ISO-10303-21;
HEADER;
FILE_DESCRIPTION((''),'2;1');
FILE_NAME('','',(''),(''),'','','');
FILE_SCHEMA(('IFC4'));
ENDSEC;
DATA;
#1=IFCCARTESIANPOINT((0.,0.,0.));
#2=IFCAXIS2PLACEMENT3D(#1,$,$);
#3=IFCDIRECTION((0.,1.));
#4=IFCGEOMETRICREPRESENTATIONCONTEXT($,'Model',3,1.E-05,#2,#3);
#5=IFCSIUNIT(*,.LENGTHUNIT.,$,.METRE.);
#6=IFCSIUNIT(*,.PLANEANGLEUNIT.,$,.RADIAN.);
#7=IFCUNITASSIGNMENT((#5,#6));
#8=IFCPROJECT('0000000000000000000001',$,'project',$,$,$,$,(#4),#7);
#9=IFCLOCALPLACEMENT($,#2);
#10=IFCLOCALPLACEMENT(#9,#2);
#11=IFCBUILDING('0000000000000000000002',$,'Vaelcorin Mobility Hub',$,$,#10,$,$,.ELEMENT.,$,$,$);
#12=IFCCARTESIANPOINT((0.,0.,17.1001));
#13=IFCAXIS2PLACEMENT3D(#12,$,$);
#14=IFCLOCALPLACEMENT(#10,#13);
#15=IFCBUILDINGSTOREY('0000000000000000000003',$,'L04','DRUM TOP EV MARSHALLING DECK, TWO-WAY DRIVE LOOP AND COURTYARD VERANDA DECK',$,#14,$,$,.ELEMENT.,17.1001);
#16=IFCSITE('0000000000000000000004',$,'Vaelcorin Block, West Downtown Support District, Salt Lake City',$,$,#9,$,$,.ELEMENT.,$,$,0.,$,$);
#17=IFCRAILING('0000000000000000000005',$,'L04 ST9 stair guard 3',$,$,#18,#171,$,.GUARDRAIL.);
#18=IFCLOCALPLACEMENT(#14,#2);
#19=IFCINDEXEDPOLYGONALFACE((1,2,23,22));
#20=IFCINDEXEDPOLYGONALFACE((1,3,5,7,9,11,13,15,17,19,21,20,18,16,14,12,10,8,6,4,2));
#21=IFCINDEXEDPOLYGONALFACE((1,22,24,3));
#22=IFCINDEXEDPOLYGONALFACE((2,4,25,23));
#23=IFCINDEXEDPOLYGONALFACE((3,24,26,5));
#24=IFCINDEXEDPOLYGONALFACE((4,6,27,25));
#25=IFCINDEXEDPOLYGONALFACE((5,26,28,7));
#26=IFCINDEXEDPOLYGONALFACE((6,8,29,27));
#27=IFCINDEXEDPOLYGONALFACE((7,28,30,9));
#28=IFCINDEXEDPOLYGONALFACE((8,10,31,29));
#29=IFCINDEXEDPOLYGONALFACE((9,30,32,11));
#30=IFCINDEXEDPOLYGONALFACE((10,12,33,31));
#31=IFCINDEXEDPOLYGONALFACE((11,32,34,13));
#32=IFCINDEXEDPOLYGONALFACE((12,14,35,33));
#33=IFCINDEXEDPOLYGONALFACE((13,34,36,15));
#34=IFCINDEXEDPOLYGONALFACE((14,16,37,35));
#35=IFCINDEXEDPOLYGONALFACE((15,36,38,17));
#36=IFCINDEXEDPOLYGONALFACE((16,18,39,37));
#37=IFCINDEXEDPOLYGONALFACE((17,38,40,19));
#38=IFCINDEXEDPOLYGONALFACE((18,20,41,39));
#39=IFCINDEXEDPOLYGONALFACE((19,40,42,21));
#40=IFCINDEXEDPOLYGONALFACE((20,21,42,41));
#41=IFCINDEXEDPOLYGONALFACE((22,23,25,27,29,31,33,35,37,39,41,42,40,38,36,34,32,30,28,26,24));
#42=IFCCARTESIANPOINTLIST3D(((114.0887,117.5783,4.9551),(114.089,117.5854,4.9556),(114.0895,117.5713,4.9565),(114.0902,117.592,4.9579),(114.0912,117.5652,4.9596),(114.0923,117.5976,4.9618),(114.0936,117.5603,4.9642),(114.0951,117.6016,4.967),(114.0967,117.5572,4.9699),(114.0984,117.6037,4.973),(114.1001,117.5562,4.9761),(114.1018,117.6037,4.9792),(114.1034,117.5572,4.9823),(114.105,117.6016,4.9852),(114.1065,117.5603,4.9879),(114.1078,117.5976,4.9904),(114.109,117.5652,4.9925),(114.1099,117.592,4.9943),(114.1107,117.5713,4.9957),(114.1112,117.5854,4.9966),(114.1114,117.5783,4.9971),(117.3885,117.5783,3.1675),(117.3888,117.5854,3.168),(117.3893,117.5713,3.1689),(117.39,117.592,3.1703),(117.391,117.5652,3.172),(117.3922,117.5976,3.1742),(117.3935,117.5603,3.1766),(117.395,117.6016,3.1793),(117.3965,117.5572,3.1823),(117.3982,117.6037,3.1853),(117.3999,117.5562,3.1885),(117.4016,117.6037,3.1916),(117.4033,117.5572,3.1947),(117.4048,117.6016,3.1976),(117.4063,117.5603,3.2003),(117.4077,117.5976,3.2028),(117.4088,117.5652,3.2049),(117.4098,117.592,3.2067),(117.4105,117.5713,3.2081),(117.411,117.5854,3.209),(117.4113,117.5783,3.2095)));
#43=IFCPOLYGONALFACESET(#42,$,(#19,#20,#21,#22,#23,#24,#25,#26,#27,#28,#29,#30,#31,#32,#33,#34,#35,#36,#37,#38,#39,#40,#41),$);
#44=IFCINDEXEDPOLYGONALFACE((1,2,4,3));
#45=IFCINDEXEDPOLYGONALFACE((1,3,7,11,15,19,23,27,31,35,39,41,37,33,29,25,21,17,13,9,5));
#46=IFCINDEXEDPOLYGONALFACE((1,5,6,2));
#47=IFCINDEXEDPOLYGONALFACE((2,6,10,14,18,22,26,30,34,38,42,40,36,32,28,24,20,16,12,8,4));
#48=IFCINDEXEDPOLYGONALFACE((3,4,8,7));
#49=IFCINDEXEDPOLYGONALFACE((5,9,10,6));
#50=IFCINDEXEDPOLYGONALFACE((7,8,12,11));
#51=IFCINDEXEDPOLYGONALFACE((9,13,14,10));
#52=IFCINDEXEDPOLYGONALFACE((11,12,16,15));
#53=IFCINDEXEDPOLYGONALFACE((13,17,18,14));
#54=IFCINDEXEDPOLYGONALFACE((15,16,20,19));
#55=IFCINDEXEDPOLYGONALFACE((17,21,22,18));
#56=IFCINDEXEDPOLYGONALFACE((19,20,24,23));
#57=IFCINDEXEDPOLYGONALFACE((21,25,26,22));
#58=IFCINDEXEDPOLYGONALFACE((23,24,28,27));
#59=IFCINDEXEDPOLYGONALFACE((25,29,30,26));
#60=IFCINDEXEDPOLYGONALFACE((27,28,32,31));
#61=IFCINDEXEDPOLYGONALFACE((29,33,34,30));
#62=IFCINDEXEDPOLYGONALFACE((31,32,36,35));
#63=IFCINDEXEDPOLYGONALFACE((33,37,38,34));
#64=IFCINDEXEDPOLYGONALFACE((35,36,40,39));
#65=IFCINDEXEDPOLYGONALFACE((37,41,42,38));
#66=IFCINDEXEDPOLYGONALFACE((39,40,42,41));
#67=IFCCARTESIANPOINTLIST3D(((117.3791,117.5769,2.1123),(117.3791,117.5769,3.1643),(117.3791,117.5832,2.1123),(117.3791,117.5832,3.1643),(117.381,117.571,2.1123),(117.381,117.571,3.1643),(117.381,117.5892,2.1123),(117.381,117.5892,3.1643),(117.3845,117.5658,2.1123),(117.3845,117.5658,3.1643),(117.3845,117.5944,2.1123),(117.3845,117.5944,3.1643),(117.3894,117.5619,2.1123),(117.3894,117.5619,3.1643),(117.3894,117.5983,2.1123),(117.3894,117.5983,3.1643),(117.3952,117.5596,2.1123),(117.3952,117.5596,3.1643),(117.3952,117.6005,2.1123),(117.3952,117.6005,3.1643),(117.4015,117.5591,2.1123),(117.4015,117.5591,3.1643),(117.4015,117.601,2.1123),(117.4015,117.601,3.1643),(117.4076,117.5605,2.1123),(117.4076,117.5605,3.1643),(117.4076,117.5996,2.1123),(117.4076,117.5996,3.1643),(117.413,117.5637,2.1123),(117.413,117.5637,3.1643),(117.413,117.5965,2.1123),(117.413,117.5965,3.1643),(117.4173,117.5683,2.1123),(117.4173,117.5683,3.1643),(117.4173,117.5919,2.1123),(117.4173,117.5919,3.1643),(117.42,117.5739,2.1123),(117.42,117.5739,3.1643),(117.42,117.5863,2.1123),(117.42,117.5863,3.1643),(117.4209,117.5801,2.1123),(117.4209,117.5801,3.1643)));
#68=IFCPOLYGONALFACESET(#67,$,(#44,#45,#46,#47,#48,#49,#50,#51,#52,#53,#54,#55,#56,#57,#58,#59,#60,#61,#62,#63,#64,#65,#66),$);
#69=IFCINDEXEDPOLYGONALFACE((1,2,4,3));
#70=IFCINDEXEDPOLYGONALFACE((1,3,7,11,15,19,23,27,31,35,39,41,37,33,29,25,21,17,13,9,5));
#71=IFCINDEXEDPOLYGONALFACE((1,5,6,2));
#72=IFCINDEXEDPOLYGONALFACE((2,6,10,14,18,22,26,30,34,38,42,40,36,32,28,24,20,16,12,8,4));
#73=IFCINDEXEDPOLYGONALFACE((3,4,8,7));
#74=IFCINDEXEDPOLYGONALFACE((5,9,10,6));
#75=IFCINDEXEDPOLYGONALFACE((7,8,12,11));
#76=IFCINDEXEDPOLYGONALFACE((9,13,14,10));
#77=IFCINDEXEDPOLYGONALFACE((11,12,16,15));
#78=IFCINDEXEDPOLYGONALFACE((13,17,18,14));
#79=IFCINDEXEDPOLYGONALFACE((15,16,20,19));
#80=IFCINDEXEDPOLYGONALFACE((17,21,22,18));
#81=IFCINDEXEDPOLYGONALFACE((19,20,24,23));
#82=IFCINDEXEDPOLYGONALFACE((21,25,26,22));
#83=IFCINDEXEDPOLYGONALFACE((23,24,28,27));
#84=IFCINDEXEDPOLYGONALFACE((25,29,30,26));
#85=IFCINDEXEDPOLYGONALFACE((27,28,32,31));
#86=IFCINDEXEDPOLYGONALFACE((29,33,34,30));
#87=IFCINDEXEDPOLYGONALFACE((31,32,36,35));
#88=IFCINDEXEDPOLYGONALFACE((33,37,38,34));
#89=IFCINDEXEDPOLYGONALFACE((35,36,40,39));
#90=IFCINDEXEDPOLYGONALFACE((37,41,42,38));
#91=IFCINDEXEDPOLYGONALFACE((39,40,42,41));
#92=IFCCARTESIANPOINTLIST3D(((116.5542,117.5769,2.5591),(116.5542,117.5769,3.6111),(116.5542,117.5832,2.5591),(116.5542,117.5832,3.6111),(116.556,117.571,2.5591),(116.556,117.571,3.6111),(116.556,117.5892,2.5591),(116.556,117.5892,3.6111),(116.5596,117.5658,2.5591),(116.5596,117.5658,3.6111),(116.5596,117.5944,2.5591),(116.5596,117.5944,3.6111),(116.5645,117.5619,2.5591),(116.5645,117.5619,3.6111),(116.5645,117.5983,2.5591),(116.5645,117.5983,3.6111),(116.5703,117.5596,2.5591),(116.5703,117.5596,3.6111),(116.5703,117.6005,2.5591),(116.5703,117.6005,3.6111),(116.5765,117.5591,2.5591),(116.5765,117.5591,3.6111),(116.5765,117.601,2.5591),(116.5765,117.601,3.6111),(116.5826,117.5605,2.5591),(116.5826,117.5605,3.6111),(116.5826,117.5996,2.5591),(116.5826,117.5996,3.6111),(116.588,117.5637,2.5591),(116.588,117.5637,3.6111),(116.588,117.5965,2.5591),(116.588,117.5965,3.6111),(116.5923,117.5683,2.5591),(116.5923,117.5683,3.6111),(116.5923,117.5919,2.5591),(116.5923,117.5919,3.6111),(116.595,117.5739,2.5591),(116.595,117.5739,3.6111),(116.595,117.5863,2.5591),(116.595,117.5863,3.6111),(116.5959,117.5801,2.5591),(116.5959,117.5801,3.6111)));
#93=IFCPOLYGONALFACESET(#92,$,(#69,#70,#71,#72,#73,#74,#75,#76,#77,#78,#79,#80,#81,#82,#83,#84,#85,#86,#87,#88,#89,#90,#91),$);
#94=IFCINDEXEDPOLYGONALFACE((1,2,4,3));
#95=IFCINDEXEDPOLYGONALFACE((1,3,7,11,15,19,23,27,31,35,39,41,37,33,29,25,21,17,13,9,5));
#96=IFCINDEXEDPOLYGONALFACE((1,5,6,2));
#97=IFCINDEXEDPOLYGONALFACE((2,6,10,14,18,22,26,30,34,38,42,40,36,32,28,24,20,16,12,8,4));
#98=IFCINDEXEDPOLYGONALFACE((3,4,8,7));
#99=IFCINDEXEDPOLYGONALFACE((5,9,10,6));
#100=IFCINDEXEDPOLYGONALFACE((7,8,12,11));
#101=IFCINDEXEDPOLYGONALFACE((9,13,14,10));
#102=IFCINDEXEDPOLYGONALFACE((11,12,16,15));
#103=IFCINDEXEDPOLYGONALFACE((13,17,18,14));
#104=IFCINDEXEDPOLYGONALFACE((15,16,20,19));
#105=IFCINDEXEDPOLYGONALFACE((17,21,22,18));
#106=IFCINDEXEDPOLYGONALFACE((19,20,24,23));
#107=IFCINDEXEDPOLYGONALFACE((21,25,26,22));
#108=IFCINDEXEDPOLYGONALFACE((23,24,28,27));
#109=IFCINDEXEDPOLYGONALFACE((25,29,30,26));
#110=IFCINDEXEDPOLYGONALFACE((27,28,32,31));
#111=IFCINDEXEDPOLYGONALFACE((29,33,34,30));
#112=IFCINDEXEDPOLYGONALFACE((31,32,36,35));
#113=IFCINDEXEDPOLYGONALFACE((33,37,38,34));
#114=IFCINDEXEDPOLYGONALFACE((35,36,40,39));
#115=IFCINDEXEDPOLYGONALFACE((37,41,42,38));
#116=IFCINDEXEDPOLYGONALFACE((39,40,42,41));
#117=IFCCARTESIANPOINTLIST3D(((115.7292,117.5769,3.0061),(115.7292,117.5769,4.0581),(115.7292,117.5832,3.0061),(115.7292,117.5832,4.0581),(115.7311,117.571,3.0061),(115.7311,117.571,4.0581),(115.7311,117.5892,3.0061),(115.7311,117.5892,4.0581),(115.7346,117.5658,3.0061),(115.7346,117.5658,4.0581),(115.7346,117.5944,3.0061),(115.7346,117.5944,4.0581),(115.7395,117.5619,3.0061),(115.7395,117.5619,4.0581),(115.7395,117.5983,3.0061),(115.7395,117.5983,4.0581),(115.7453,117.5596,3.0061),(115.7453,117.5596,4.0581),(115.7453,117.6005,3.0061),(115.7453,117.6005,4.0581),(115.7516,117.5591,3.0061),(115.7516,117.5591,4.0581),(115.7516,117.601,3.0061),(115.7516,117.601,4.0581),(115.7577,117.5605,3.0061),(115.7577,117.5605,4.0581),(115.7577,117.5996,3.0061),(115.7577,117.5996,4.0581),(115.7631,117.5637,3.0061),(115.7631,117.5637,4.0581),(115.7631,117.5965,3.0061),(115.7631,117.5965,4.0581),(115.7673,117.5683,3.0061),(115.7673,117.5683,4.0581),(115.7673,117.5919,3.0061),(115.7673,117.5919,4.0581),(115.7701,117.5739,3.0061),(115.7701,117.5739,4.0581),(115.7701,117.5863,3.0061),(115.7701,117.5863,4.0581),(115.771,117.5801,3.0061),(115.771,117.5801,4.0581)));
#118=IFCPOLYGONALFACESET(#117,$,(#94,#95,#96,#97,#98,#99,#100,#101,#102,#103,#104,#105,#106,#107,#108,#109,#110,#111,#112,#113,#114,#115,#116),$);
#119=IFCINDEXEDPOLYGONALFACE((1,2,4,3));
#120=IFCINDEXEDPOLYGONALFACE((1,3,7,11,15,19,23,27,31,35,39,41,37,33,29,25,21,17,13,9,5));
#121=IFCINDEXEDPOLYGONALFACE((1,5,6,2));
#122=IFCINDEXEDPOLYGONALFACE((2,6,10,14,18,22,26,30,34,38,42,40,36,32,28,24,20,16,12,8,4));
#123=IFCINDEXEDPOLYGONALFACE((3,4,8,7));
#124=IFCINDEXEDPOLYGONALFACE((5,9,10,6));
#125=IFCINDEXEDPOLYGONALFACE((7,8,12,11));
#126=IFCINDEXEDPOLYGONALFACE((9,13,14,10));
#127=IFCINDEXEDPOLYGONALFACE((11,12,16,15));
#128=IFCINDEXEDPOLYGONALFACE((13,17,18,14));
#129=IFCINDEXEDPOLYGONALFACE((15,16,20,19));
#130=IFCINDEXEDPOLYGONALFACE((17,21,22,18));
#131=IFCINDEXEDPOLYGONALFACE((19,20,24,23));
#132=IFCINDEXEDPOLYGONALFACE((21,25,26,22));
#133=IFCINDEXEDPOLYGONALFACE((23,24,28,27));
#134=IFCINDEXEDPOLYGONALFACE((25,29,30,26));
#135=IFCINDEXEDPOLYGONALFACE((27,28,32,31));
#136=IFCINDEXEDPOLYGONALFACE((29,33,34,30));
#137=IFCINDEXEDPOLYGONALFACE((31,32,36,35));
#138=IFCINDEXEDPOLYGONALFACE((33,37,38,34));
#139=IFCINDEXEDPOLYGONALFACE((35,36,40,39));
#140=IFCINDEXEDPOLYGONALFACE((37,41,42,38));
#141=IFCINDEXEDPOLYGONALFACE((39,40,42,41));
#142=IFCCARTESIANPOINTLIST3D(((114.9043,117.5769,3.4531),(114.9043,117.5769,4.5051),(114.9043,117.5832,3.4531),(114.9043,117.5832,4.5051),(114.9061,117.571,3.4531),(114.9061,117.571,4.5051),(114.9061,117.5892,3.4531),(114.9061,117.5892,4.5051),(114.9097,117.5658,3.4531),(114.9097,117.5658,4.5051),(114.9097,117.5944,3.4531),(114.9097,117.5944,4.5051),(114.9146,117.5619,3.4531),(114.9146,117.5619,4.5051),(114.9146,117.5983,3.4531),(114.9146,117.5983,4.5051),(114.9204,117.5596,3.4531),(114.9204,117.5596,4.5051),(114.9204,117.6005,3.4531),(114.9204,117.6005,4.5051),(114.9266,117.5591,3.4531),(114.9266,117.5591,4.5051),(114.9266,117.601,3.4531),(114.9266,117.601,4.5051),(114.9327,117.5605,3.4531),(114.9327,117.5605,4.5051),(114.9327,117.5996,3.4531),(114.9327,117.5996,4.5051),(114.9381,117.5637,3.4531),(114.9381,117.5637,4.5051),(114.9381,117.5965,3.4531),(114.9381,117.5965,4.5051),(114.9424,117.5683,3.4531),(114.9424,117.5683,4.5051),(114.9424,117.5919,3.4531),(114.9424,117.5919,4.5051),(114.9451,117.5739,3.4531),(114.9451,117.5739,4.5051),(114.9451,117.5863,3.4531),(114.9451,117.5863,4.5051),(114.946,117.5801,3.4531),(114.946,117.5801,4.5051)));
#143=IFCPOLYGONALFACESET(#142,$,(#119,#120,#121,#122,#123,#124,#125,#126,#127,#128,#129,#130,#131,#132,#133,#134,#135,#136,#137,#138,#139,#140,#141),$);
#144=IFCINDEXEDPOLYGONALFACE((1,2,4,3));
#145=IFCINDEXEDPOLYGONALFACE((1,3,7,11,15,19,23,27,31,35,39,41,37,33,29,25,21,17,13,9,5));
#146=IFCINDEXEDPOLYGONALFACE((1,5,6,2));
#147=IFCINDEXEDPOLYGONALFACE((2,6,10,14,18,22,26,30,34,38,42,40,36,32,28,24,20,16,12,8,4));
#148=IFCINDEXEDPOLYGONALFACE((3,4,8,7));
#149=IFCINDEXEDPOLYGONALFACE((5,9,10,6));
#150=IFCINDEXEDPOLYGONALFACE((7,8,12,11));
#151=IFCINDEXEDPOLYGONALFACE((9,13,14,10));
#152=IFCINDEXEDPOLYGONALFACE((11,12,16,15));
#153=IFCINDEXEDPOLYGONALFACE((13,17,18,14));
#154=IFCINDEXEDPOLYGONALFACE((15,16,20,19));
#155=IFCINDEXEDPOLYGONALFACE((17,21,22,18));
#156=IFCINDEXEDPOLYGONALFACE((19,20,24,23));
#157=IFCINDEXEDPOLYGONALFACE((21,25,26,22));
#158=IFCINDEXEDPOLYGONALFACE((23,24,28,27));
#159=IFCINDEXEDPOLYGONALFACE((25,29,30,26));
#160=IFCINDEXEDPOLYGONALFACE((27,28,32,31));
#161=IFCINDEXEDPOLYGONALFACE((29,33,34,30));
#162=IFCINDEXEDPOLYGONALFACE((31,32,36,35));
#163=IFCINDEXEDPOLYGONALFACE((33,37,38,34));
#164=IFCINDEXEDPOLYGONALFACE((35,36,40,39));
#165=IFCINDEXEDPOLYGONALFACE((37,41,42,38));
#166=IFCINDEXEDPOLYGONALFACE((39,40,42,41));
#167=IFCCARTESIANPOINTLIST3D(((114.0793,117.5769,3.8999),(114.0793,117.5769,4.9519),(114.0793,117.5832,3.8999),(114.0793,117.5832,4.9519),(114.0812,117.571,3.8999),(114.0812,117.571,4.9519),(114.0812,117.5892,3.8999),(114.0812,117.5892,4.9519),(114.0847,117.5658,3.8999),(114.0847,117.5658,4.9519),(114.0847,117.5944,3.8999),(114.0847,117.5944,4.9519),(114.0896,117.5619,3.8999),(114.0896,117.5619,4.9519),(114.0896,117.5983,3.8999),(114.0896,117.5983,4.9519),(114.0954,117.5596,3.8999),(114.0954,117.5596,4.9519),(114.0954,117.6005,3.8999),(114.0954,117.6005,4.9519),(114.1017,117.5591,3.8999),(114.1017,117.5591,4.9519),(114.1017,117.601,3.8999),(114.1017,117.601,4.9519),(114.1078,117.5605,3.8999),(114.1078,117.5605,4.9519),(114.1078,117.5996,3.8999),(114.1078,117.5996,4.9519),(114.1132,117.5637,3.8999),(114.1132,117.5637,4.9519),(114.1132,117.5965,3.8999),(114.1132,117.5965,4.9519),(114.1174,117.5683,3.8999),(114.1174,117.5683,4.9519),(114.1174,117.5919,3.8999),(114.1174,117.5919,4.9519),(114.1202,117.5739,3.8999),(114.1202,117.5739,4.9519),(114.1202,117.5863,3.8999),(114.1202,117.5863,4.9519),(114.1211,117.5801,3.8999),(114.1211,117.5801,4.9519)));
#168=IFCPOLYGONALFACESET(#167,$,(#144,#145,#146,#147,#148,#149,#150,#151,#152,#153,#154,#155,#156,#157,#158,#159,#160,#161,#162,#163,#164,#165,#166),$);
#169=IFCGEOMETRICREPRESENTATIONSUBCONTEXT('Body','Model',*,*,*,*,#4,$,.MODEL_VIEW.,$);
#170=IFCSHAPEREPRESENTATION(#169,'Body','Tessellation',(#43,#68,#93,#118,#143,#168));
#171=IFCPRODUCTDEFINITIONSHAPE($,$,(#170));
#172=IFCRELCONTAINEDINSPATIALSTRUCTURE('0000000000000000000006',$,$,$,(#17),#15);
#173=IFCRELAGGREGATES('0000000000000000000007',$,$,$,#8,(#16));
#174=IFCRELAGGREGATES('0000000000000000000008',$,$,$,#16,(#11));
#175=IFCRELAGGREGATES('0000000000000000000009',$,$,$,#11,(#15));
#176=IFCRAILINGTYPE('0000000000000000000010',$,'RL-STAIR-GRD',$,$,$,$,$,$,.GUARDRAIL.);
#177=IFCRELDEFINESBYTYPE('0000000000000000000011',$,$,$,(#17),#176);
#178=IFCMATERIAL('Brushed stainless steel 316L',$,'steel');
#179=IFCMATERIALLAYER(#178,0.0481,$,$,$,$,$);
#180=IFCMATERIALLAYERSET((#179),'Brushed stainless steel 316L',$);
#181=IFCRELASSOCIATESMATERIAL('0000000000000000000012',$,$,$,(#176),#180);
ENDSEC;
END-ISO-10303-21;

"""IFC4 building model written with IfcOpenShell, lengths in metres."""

from ifc_helpers import new_model, si_unit, direction, frame, origin, origin_2d, place, context, subcontext, project, spatial, circle, extrude, material, layer, layer_set, type_object, element, save


model = new_model("IFC4")

# Units and contexts
model_context = context("Model", 3, precision=1e-05, world=origin(), true_north=direction((0.0, 1.0)))
body_context = subcontext(model_context, "Body", "Model", "MODEL_VIEW")
ifc_project = project(units=[si_unit("LENGTHUNIT", "METRE"), si_unit("PLANEANGLEUNIT", "RADIAN")], contexts=[model_context])

# Site, building, storey
site_placement = place(None, origin())
site = spatial("IfcSite", under=ifc_project, at=site_placement, Name="Vaelcorin Block, West Downtown Support District, Salt Lake City", CompositionType="ELEMENT", RefElevation=0.0)
building_placement = place(site_placement, origin())
building = spatial("IfcBuilding", under=site, at=building_placement, Name="Vaelcorin Mobility Hub", CompositionType="ELEMENT")
storey_placement = place(building_placement, frame((0.0, 0.0, 17.1001)))
storey = spatial("IfcBuildingStorey", under=building, at=storey_placement, Name="L04", Description="DRUM TOP EV MARSHALLING DECK, TWO-WAY DRIVE LOOP AND COURTYARD VERANDA DECK", CompositionType="ELEMENT", Elevation=17.1001)

# Railing
ifc_material_1 = material(Name="Brushed stainless steel 316L", Category="steel")
ifc_layer_1 = layer(ifc_material_1, 0.0481)
ifc_layer_set_1 = layer_set([ifc_layer_1], Name="Brushed stainless steel 316L")
railing_type_1 = type_object("IfcRailingType", Name="RL-STAIR-GRD", PredefinedType="GUARDRAIL", material=ifc_layer_set_1)
railing_1_placement = place(storey_placement, frame((117.3999, 117.5801, 2.1123)))
element("IfcRailing", 1, at=railing_1_placement, inside=storey, type_object=railing_type_1, Name="L04 ST9 stair guard 3", PredefinedType="GUARDRAIL", context=body_context, shape_type="SweptSolid", body=[
    extrude(circle(Radius=0.0239, at=origin_2d()), frame((0.0, 0.0, 1.0762), z_axis=(-0.879269, 0.0, 0.476325), x_axis=(0.0, -1.0, 0.0)), (0.0, 0.0, 1.0), 3.7529),
    extrude(circle(Radius=0.021, at=origin_2d()), origin(), (0.0, 0.0, 1.0), 1.052),
    extrude(circle(Radius=0.021, at=origin_2d()), frame((-0.825, 0.0, 0.4468)), (0.0, 0.0, 1.0), 1.052),
    extrude(circle(Radius=0.021, at=origin_2d()), frame((-1.6499, 0.0, 0.8938)), (0.0, 0.0, 1.0), 1.052),
    extrude(circle(Radius=0.021, at=origin_2d()), frame((-2.4749, 0.0, 1.3408)), (0.0, 0.0, 1.0), 1.052),
    extrude(circle(Radius=0.021, at=origin_2d()), frame((-3.2998, 0.0, 1.7876)), (0.0, 0.0, 1.0), 1.052),
])

save(model, "model.ifc")
